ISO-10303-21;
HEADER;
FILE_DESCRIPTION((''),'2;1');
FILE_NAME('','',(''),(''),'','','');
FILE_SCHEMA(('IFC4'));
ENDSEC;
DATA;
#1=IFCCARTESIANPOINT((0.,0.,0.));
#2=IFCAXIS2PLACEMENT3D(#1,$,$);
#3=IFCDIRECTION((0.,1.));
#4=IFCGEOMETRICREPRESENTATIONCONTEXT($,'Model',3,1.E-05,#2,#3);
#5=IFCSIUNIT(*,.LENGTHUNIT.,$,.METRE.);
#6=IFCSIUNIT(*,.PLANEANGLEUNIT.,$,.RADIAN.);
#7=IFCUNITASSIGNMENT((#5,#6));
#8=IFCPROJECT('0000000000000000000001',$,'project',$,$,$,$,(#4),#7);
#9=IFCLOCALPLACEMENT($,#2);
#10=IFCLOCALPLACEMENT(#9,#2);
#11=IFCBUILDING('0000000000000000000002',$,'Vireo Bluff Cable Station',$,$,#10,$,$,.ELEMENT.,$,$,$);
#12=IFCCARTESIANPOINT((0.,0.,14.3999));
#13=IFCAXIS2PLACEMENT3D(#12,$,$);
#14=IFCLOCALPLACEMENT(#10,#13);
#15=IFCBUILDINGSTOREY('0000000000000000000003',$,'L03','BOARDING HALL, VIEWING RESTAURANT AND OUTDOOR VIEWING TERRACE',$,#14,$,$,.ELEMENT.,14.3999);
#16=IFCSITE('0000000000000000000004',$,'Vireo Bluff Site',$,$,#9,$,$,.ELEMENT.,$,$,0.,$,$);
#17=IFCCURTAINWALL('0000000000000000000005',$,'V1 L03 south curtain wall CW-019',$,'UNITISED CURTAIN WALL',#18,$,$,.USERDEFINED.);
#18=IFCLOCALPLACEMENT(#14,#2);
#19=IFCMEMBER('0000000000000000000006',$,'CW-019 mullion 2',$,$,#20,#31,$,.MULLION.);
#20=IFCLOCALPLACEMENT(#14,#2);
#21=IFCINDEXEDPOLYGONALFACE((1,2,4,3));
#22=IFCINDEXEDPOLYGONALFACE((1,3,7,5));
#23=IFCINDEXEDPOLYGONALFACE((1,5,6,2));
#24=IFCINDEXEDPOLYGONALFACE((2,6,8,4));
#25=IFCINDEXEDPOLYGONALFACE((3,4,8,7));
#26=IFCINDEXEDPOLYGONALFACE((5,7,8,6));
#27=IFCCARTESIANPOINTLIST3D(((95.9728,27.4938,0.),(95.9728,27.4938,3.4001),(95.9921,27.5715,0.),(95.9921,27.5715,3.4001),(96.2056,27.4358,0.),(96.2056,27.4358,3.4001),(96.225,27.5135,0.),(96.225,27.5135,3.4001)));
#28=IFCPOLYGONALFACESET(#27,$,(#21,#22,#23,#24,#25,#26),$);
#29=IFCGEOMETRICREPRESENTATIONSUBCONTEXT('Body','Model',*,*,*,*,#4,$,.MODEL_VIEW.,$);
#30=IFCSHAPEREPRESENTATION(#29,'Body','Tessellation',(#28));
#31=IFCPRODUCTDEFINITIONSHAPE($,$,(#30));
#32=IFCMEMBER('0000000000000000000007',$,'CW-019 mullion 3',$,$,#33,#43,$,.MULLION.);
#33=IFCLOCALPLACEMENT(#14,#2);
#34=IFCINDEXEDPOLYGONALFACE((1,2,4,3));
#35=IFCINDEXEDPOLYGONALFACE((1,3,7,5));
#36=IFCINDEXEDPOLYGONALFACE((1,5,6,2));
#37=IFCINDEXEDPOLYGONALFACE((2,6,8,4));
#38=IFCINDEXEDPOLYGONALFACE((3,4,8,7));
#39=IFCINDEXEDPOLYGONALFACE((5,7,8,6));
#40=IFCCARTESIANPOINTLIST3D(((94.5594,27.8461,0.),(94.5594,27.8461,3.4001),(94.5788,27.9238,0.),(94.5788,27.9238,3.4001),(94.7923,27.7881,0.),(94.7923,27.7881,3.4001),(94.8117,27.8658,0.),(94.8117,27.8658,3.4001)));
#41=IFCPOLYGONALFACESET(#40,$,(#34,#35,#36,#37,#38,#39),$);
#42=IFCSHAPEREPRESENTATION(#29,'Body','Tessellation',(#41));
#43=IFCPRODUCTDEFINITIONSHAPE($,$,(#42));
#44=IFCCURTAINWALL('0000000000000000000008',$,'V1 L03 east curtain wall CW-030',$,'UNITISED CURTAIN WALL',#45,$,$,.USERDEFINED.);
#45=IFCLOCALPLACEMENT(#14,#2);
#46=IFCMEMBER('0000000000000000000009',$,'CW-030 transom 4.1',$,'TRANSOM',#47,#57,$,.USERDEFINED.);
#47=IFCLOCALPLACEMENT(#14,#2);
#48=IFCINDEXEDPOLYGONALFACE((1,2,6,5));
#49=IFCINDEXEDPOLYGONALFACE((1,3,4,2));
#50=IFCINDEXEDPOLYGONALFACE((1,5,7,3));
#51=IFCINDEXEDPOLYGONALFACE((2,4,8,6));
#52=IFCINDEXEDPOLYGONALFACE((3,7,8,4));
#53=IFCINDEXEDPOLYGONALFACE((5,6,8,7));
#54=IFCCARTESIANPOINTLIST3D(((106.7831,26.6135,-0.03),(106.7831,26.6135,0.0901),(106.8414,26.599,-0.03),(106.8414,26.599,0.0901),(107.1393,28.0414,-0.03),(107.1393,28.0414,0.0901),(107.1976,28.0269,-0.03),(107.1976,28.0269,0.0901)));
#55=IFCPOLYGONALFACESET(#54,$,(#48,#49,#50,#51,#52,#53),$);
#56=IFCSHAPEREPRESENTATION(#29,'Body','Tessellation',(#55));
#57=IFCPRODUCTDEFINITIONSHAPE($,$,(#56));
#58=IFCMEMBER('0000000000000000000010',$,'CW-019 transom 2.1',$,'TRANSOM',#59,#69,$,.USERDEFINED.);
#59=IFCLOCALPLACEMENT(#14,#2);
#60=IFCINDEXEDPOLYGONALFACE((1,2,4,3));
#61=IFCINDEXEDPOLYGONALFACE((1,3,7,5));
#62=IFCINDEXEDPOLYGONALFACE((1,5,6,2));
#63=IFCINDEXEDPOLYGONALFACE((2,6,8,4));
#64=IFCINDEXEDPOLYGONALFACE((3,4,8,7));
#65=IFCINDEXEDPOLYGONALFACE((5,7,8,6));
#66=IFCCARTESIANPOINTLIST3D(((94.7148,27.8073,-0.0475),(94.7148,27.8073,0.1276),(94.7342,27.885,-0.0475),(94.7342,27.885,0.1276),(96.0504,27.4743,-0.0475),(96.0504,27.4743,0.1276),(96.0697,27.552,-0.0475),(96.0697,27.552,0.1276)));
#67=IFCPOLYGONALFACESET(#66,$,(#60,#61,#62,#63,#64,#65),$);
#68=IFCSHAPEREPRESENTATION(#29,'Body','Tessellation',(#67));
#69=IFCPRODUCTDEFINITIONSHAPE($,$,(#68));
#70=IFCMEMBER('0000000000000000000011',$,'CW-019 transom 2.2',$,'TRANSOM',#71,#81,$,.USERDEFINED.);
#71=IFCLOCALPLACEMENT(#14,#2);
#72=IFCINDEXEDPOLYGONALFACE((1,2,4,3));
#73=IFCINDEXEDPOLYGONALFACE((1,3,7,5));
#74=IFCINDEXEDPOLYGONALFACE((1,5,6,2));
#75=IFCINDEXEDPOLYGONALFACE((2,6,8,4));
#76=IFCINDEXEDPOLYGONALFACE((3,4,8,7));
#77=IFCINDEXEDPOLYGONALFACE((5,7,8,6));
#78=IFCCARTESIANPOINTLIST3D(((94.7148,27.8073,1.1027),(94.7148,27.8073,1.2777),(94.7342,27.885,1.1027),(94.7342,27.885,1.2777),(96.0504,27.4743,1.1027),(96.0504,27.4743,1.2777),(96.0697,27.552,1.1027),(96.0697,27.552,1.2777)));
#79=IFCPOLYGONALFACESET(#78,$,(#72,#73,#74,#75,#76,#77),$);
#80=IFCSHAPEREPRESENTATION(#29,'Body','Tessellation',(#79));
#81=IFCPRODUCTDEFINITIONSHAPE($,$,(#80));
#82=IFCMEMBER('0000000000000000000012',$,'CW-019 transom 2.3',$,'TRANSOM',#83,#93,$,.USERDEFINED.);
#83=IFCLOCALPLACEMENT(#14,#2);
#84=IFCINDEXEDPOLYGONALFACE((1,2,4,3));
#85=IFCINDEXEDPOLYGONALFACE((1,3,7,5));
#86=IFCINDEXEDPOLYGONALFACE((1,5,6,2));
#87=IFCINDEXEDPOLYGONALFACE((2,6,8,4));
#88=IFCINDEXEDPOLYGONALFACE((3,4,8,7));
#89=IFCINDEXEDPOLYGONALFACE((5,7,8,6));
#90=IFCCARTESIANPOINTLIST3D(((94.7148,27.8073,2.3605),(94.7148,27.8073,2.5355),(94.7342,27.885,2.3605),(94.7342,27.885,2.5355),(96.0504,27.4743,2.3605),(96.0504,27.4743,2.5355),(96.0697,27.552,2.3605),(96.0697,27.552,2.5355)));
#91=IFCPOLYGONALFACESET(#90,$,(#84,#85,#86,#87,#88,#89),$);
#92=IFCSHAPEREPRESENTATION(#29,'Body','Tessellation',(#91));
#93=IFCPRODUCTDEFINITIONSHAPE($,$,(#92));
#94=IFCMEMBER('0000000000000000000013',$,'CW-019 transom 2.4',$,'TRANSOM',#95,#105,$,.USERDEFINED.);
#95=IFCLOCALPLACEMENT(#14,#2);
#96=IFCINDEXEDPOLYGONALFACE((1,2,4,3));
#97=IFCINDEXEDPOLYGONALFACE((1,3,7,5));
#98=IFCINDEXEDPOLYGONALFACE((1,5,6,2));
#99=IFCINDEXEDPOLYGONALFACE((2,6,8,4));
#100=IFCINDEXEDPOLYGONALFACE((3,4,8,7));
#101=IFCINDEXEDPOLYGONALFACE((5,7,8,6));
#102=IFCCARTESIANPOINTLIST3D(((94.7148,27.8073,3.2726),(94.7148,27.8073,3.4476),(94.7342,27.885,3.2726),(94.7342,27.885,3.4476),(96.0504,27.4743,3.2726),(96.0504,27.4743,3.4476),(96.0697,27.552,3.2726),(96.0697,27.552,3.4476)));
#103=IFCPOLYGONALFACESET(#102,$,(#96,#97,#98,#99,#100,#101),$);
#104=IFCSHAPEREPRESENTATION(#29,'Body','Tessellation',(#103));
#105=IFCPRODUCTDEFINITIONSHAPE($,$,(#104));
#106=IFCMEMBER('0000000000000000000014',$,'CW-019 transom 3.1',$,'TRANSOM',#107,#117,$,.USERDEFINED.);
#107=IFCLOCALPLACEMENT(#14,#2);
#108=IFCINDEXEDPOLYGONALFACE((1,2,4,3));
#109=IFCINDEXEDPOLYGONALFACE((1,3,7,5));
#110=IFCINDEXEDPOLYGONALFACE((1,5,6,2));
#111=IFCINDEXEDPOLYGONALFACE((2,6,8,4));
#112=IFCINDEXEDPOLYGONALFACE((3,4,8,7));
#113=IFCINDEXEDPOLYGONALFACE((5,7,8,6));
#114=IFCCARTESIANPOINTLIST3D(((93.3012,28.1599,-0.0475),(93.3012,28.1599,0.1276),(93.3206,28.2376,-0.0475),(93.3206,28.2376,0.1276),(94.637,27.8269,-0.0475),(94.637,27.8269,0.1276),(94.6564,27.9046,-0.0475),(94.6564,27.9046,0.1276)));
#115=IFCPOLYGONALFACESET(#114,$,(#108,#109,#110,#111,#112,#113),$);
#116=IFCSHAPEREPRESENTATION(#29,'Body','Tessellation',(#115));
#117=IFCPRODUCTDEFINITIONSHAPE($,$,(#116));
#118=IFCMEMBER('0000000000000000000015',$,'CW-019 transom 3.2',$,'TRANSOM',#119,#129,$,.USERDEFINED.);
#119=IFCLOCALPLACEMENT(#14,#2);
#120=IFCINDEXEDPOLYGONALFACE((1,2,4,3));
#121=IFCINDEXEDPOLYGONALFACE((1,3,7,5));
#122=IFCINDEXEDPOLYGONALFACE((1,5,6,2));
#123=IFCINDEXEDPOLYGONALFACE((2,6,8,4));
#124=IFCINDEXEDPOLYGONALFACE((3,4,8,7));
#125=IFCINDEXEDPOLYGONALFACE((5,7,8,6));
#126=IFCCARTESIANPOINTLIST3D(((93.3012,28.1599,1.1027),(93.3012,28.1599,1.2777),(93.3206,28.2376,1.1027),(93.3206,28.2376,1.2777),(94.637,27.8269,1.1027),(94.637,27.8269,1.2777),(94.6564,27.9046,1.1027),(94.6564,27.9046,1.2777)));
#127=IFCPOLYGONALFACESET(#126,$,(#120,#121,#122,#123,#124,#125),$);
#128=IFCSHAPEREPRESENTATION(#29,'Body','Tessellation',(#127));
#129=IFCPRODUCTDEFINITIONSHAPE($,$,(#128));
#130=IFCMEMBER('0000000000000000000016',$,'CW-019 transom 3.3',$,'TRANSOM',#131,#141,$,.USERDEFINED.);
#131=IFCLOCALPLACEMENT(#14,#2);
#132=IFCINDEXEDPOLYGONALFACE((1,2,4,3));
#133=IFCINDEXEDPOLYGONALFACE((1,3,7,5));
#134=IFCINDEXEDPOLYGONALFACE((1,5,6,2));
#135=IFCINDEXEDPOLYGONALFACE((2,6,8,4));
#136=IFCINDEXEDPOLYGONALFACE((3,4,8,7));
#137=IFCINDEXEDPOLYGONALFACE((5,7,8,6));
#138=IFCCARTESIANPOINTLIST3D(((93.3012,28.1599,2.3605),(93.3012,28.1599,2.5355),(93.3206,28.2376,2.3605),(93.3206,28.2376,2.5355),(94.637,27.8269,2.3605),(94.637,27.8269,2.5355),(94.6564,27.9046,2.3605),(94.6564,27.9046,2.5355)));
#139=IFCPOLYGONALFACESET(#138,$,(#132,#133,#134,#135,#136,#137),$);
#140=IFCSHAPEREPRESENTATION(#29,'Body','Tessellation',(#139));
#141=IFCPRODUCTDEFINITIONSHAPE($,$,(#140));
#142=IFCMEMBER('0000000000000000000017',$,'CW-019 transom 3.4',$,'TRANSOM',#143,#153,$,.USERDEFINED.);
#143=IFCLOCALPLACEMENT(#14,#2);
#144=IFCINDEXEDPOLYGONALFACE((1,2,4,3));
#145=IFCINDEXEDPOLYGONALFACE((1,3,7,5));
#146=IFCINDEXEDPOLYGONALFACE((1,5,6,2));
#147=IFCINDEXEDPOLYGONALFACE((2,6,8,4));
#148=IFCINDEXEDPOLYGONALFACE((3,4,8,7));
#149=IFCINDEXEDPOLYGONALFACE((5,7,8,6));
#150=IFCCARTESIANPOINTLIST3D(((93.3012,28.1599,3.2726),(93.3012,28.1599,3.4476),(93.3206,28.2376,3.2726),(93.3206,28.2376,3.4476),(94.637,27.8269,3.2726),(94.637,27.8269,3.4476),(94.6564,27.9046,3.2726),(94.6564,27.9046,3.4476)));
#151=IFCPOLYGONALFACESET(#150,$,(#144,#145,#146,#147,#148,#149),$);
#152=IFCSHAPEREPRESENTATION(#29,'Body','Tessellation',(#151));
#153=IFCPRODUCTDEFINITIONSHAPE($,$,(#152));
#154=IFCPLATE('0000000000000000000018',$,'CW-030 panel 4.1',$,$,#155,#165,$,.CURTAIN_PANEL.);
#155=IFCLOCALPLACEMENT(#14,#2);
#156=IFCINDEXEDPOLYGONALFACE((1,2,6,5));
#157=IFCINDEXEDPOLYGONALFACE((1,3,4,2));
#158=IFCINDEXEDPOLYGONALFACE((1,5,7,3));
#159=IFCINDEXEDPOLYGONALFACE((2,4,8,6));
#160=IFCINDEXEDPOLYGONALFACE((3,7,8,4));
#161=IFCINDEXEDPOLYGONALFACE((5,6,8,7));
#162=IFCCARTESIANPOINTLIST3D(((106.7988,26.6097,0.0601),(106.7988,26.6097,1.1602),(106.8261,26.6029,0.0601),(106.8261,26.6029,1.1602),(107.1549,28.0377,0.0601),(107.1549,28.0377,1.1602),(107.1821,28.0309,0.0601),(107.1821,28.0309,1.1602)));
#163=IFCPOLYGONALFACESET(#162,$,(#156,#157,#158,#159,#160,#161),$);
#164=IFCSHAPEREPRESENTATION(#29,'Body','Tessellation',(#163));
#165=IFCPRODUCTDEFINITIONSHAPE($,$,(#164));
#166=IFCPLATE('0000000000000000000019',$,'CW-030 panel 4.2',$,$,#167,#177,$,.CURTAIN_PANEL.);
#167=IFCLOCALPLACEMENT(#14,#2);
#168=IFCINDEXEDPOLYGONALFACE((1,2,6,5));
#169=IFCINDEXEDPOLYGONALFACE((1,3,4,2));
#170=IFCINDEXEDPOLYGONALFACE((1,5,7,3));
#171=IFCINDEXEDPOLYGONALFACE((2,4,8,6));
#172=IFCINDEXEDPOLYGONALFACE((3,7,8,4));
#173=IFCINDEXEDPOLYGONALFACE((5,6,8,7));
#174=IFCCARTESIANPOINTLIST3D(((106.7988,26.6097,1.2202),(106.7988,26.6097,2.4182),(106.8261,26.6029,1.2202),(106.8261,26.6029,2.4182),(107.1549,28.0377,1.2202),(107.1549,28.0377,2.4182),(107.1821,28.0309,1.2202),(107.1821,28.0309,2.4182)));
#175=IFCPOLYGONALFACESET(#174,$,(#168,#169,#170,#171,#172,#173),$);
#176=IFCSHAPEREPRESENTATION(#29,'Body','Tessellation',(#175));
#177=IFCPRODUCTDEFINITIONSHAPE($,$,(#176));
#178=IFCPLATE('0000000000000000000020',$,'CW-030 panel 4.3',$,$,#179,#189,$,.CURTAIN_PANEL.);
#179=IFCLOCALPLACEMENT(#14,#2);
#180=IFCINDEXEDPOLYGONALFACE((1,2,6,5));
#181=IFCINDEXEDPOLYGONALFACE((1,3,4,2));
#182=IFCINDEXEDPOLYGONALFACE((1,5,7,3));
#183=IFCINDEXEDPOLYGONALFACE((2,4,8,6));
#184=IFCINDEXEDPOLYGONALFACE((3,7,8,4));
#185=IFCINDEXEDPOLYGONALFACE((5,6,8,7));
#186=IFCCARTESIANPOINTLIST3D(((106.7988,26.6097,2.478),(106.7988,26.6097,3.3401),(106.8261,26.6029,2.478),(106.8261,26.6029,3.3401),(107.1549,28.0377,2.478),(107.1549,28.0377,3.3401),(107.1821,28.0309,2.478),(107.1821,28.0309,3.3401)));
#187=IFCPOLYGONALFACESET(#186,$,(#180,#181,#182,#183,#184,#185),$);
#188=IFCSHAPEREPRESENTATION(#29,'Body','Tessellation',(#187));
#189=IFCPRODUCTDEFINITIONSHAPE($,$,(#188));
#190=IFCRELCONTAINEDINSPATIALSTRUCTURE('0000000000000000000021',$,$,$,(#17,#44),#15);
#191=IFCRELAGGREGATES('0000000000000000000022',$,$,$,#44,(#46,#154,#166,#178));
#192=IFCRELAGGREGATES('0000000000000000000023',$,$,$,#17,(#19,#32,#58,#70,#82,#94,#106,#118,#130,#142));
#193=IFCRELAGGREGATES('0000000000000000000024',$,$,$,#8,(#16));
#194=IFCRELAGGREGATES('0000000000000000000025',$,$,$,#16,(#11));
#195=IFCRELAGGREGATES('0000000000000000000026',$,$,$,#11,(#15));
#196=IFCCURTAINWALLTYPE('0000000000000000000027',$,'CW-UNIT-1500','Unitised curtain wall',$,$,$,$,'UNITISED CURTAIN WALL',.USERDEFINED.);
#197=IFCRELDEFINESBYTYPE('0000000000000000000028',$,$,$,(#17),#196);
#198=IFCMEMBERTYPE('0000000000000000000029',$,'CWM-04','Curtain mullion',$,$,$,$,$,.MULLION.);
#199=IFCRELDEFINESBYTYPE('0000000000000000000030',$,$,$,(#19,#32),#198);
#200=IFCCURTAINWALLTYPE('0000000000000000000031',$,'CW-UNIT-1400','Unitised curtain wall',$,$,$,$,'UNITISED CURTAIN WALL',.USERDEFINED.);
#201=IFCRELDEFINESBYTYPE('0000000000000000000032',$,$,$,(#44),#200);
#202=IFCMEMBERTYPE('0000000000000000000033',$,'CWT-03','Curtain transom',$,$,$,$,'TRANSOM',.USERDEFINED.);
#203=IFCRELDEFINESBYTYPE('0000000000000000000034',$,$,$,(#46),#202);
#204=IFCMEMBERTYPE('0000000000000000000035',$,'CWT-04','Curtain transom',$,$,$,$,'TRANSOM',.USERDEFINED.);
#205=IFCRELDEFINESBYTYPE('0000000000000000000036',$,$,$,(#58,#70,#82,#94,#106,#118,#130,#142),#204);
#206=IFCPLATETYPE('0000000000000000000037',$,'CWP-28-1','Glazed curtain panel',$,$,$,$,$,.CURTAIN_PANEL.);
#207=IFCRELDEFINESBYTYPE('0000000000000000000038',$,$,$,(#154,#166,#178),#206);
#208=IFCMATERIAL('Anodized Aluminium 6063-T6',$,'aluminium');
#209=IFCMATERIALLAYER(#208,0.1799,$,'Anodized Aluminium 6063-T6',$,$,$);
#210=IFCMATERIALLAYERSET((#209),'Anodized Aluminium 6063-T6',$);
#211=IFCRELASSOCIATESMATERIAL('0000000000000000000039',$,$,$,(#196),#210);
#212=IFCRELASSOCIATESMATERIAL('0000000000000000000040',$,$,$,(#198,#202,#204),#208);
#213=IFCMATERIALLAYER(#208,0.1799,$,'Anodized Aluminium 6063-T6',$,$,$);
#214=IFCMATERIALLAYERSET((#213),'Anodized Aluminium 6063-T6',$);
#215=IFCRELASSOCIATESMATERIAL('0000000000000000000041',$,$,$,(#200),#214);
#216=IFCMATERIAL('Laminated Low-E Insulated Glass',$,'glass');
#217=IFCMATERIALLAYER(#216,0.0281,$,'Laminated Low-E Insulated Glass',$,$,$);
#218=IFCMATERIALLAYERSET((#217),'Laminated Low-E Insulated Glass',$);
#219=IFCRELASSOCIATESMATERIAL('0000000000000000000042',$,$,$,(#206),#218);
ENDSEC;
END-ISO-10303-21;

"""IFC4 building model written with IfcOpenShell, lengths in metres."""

from ifc_helpers import new_model, si_unit, direction, frame, origin, origin_2d, place, context, subcontext, project, spatial, rectangle, extrude, material, layer, layer_set, material_profile, profile_set, type_object, element, aggregate, save


model = new_model("IFC4")

# Units and contexts
model_context = context("Model", 3, precision=1e-05, world=origin(), true_north=direction((0.0, 1.0)))
body_context = subcontext(model_context, "Body", "Model", "MODEL_VIEW")
ifc_project = project(units=[si_unit("LENGTHUNIT", "METRE"), si_unit("PLANEANGLEUNIT", "RADIAN")], contexts=[model_context])

# Site, building, storey
site_placement = place(None, origin())
site = spatial("IfcSite", under=ifc_project, at=site_placement, Name="Vireo Bluff Site", CompositionType="ELEMENT", RefElevation=0.0)
building_placement = place(site_placement, origin())
building = spatial("IfcBuilding", under=site, at=building_placement, Name="Vireo Bluff Cable Station", CompositionType="ELEMENT")
storey_placement = place(building_placement, frame((0.0, 0.0, 14.3999)))
storey = spatial("IfcBuildingStorey", under=building, at=storey_placement, Name="L03", Description="BOARDING HALL, VIEWING RESTAURANT AND OUTDOOR VIEWING TERRACE", CompositionType="ELEMENT", Elevation=14.3999)

# Curtain wall, members
ifc_material_1 = material(Name="Anodized Aluminium 6063-T6", Category="aluminium")
ifc_layer_1 = layer(ifc_material_1, 0.1799, Name="Anodized Aluminium 6063-T6")
ifc_layer_set_1 = layer_set([ifc_layer_1], Name="Anodized Aluminium 6063-T6")
curtain_wall_type_1 = type_object("IfcCurtainWallType", Name="CW-UNIT-1500", Description="Unitised curtain wall", ElementType="UNITISED CURTAIN WALL", PredefinedType="USERDEFINED", material=ifc_layer_set_1)
curtain_wall_1_placement = place(storey_placement, origin())
curtain_wall_1 = element("IfcCurtainWall", 1, at=curtain_wall_1_placement, inside=storey, type_object=curtain_wall_type_1, Name="V1 L03 south curtain wall CW-019", ObjectType="UNITISED CURTAIN WALL", PredefinedType="USERDEFINED")
ifc_material_profile_1 = material_profile(ifc_material_1, rectangle(XDim=0.0801, YDim=0.24, at=origin_2d()), Name="ALU-M-80X240")
ifc_profile_set_1 = profile_set([ifc_material_profile_1], Name="Anodized Aluminium 6063-T6")
member_type_1 = type_object("IfcMemberType", Name="CWM-04", Description="Curtain mullion", PredefinedType="MULLION", material=ifc_profile_set_1)
member_1_placement = place(storey_placement, frame((96.0989, 27.5037, 0.0), z_axis=(0.0, 0.0, 1.0), x_axis=(-0.241922, -0.970296, 0.0)))
member_1 = element("IfcMember", 2, at=member_1_placement, type_object=member_type_1, Name="CW-019 mullion 2", PredefinedType="MULLION", context=body_context, shape_type="SweptSolid", body=[
    extrude(rectangle(XDim=0.0801, YDim=0.24, at=origin_2d()), origin(), (0.0, 0.0, 1.0), 3.4001),
])
member_2_placement = place(storey_placement, frame((94.6855, 27.856, 0.0), z_axis=(0.0, 0.0, 1.0), x_axis=(-0.241922, -0.970296, 0.0)))
member_2 = element("IfcMember", 3, at=member_2_placement, type_object=member_type_1, Name="CW-019 mullion 3", PredefinedType="MULLION", context=body_context, shape_type="SweptSolid", body=[
    extrude(rectangle(XDim=0.0801, YDim=0.24, at=origin_2d()), origin(), (0.0, 0.0, 1.0), 3.4001),
])

# Curtain wall, member
ifc_layer_2 = layer(ifc_material_1, 0.1799, Name="Anodized Aluminium 6063-T6")
ifc_layer_set_2 = layer_set([ifc_layer_2], Name="Anodized Aluminium 6063-T6")
curtain_wall_type_2 = type_object("IfcCurtainWallType", Name="CW-UNIT-1400", Description="Unitised curtain wall", ElementType="UNITISED CURTAIN WALL", PredefinedType="USERDEFINED", material=ifc_layer_set_2)
curtain_wall_2_placement = place(storey_placement, origin())
curtain_wall_2 = element("IfcCurtainWall", 4, at=curtain_wall_2_placement, inside=storey, type_object=curtain_wall_type_2, Name="V1 L03 east curtain wall CW-030", ObjectType="UNITISED CURTAIN WALL", PredefinedType="USERDEFINED")
ifc_material_profile_2 = material_profile(ifc_material_1, rectangle(XDim=0.0601, YDim=0.1201, at=origin_2d()), Name="ALU-T-60X120")
ifc_profile_set_2 = profile_set([ifc_material_profile_2], Name="Anodized Aluminium 6063-T6")
member_type_2 = type_object("IfcMemberType", Name="CWT-03", Description="Curtain transom", ElementType="TRANSOM", PredefinedType="USERDEFINED", material=ifc_profile_set_2)
member_3_placement = place(storey_placement, frame((107.1685, 28.0342, 0.03), z_axis=(-0.242028, -0.970269, 0.0), x_axis=(0.970269, -0.242028, 0.0)))
member_3 = element("IfcMember", 5, at=member_3_placement, type_object=member_type_2, Name="CW-030 transom 4.1", ObjectType="TRANSOM", PredefinedType="USERDEFINED", context=body_context, shape_type="SweptSolid", body=[
    extrude(rectangle(XDim=0.0601, YDim=0.1201, at=origin_2d()), origin(), (0.0, 0.0, 1.0), 1.4717),
])

# Members
ifc_material_profile_3 = material_profile(ifc_material_1, rectangle(XDim=0.0801, YDim=0.175, at=origin_2d()), Name="ALU-T-80X175")
ifc_profile_set_3 = profile_set([ifc_material_profile_3], Name="Anodized Aluminium 6063-T6")
member_type_3 = type_object("IfcMemberType", Name="CWT-04", Description="Curtain transom", ElementType="TRANSOM", PredefinedType="USERDEFINED", material=ifc_profile_set_3)
member_4_placement = place(storey_placement, frame((96.0601, 27.5132, 0.04), z_axis=(-0.970299, 0.24191, 0.0), x_axis=(-0.24191, -0.970299, 0.0)))
member_4 = element("IfcMember", 6, at=member_4_placement, type_object=member_type_3, Name="CW-019 transom 2.1", ObjectType="TRANSOM", PredefinedType="USERDEFINED", context=body_context, shape_type="SweptSolid", body=[
    extrude(rectangle(XDim=0.0801, YDim=0.175, at=origin_2d()), origin(), (0.0, 0.0, 1.0), 1.3765),
])
member_5_placement = place(storey_placement, frame((96.0601, 27.5132, 1.1902), z_axis=(-0.970299, 0.24191, 0.0), x_axis=(-0.24191, -0.970299, 0.0)))
member_5 = element("IfcMember", 7, at=member_5_placement, type_object=member_type_3, Name="CW-019 transom 2.2", ObjectType="TRANSOM", PredefinedType="USERDEFINED", context=body_context, shape_type="SweptSolid", body=[
    extrude(rectangle(XDim=0.0801, YDim=0.175, at=origin_2d()), origin(), (0.0, 0.0, 1.0), 1.3765),
])
member_6_placement = place(storey_placement, frame((96.0601, 27.5132, 2.448), z_axis=(-0.970299, 0.24191, 0.0), x_axis=(-0.24191, -0.970299, 0.0)))
member_6 = element("IfcMember", 8, at=member_6_placement, type_object=member_type_3, Name="CW-019 transom 2.3", ObjectType="TRANSOM", PredefinedType="USERDEFINED", context=body_context, shape_type="SweptSolid", body=[
    extrude(rectangle(XDim=0.0801, YDim=0.175, at=origin_2d()), origin(), (0.0, 0.0, 1.0), 1.3765),
])
member_7_placement = place(storey_placement, frame((96.0601, 27.5132, 3.3601), z_axis=(-0.970299, 0.24191, 0.0), x_axis=(-0.24191, -0.970299, 0.0)))
member_7 = element("IfcMember", 9, at=member_7_placement, type_object=member_type_3, Name="CW-019 transom 2.4", ObjectType="TRANSOM", PredefinedType="USERDEFINED", context=body_context, shape_type="SweptSolid", body=[
    extrude(rectangle(XDim=0.0801, YDim=0.175, at=origin_2d()), origin(), (0.0, 0.0, 1.0), 1.3765),
])
member_8_placement = place(storey_placement, frame((94.6467, 27.8657, 0.04), z_axis=(-0.970309, 0.241868, 0.0), x_axis=(-0.241868, -0.970309, 0.0)))
member_8 = element("IfcMember", 10, at=member_8_placement, type_object=member_type_3, Name="CW-019 transom 3.1", ObjectType="TRANSOM", PredefinedType="USERDEFINED", context=body_context, shape_type="SweptSolid", body=[
    extrude(rectangle(XDim=0.0801, YDim=0.175, at=origin_2d()), origin(), (0.0, 0.0, 1.0), 1.3767),
])
member_9_placement = place(storey_placement, frame((94.6467, 27.8657, 1.1902), z_axis=(-0.970309, 0.241868, 0.0), x_axis=(-0.241868, -0.970309, 0.0)))
member_9 = element("IfcMember", 11, at=member_9_placement, type_object=member_type_3, Name="CW-019 transom 3.2", ObjectType="TRANSOM", PredefinedType="USERDEFINED", context=body_context, shape_type="SweptSolid", body=[
    extrude(rectangle(XDim=0.0801, YDim=0.175, at=origin_2d()), origin(), (0.0, 0.0, 1.0), 1.3767),
])
member_10_placement = place(storey_placement, frame((94.6467, 27.8657, 2.448), z_axis=(-0.970309, 0.241868, 0.0), x_axis=(-0.241868, -0.970309, 0.0)))
member_10 = element("IfcMember", 12, at=member_10_placement, type_object=member_type_3, Name="CW-019 transom 3.3", ObjectType="TRANSOM", PredefinedType="USERDEFINED", context=body_context, shape_type="SweptSolid", body=[
    extrude(rectangle(XDim=0.0801, YDim=0.175, at=origin_2d()), origin(), (0.0, 0.0, 1.0), 1.3767),
])
member_11_placement = place(storey_placement, frame((94.6467, 27.8657, 3.3601), z_axis=(-0.970309, 0.241868, 0.0), x_axis=(-0.241868, -0.970309, 0.0)))
member_11 = element("IfcMember", 13, at=member_11_placement, type_object=member_type_3, Name="CW-019 transom 3.4", ObjectType="TRANSOM", PredefinedType="USERDEFINED", context=body_context, shape_type="SweptSolid", body=[
    extrude(rectangle(XDim=0.0801, YDim=0.175, at=origin_2d()), origin(), (0.0, 0.0, 1.0), 1.3767),
])

# Plates
ifc_material_2 = material(Name="Laminated Low-E Insulated Glass", Category="glass")
ifc_layer_3 = layer(ifc_material_2, 0.0281, Name="Laminated Low-E Insulated Glass")
ifc_layer_set_3 = layer_set([ifc_layer_3], Name="Laminated Low-E Insulated Glass")
plate_type_1 = type_object("IfcPlateType", Name="CWP-28-1", Description="Glazed curtain panel", PredefinedType="CURTAIN_PANEL", material=ifc_layer_set_3)
plate_1_placement = place(storey_placement, frame((106.9905, 27.3203, 0.0601), z_axis=(0.0, 0.0, 1.0), x_axis=(-0.241922, -0.970296, 0.0)))
plate_1 = element("IfcPlate", 14, at=plate_1_placement, type_object=plate_type_1, Name="CW-030 panel 4.1", PredefinedType="CURTAIN_PANEL", context=body_context, shape_type="SweptSolid", body=[
    extrude(rectangle(XDim=1.4717, YDim=0.0281, at=origin_2d()), origin(), (0.0, 0.0, 1.0), 1.1001),
])
plate_2_placement = place(storey_placement, frame((106.9905, 27.3203, 1.2202), z_axis=(0.0, 0.0, 1.0), x_axis=(-0.241922, -0.970296, 0.0)))
plate_2 = element("IfcPlate", 15, at=plate_2_placement, type_object=plate_type_1, Name="CW-030 panel 4.2", PredefinedType="CURTAIN_PANEL", context=body_context, shape_type="SweptSolid", body=[
    extrude(rectangle(XDim=1.4717, YDim=0.0281, at=origin_2d()), origin(), (0.0, 0.0, 1.0), 1.198),
])
plate_3_placement = place(storey_placement, frame((106.9905, 27.3203, 2.478), z_axis=(0.0, 0.0, 1.0), x_axis=(-0.241922, -0.970296, 0.0)))
plate_3 = element("IfcPlate", 16, at=plate_3_placement, type_object=plate_type_1, Name="CW-030 panel 4.3", PredefinedType="CURTAIN_PANEL", context=body_context, shape_type="SweptSolid", body=[
    extrude(rectangle(XDim=1.4717, YDim=0.0281, at=origin_2d()), origin(), (0.0, 0.0, 1.0), 0.8621),
])
aggregate(curtain_wall_2, [member_3, plate_1, plate_2, plate_3])
aggregate(curtain_wall_1, [member_1, member_2, member_4, member_5, member_6, member_7, member_8, member_9, member_10, member_11])

save(model, "model.ifc")
